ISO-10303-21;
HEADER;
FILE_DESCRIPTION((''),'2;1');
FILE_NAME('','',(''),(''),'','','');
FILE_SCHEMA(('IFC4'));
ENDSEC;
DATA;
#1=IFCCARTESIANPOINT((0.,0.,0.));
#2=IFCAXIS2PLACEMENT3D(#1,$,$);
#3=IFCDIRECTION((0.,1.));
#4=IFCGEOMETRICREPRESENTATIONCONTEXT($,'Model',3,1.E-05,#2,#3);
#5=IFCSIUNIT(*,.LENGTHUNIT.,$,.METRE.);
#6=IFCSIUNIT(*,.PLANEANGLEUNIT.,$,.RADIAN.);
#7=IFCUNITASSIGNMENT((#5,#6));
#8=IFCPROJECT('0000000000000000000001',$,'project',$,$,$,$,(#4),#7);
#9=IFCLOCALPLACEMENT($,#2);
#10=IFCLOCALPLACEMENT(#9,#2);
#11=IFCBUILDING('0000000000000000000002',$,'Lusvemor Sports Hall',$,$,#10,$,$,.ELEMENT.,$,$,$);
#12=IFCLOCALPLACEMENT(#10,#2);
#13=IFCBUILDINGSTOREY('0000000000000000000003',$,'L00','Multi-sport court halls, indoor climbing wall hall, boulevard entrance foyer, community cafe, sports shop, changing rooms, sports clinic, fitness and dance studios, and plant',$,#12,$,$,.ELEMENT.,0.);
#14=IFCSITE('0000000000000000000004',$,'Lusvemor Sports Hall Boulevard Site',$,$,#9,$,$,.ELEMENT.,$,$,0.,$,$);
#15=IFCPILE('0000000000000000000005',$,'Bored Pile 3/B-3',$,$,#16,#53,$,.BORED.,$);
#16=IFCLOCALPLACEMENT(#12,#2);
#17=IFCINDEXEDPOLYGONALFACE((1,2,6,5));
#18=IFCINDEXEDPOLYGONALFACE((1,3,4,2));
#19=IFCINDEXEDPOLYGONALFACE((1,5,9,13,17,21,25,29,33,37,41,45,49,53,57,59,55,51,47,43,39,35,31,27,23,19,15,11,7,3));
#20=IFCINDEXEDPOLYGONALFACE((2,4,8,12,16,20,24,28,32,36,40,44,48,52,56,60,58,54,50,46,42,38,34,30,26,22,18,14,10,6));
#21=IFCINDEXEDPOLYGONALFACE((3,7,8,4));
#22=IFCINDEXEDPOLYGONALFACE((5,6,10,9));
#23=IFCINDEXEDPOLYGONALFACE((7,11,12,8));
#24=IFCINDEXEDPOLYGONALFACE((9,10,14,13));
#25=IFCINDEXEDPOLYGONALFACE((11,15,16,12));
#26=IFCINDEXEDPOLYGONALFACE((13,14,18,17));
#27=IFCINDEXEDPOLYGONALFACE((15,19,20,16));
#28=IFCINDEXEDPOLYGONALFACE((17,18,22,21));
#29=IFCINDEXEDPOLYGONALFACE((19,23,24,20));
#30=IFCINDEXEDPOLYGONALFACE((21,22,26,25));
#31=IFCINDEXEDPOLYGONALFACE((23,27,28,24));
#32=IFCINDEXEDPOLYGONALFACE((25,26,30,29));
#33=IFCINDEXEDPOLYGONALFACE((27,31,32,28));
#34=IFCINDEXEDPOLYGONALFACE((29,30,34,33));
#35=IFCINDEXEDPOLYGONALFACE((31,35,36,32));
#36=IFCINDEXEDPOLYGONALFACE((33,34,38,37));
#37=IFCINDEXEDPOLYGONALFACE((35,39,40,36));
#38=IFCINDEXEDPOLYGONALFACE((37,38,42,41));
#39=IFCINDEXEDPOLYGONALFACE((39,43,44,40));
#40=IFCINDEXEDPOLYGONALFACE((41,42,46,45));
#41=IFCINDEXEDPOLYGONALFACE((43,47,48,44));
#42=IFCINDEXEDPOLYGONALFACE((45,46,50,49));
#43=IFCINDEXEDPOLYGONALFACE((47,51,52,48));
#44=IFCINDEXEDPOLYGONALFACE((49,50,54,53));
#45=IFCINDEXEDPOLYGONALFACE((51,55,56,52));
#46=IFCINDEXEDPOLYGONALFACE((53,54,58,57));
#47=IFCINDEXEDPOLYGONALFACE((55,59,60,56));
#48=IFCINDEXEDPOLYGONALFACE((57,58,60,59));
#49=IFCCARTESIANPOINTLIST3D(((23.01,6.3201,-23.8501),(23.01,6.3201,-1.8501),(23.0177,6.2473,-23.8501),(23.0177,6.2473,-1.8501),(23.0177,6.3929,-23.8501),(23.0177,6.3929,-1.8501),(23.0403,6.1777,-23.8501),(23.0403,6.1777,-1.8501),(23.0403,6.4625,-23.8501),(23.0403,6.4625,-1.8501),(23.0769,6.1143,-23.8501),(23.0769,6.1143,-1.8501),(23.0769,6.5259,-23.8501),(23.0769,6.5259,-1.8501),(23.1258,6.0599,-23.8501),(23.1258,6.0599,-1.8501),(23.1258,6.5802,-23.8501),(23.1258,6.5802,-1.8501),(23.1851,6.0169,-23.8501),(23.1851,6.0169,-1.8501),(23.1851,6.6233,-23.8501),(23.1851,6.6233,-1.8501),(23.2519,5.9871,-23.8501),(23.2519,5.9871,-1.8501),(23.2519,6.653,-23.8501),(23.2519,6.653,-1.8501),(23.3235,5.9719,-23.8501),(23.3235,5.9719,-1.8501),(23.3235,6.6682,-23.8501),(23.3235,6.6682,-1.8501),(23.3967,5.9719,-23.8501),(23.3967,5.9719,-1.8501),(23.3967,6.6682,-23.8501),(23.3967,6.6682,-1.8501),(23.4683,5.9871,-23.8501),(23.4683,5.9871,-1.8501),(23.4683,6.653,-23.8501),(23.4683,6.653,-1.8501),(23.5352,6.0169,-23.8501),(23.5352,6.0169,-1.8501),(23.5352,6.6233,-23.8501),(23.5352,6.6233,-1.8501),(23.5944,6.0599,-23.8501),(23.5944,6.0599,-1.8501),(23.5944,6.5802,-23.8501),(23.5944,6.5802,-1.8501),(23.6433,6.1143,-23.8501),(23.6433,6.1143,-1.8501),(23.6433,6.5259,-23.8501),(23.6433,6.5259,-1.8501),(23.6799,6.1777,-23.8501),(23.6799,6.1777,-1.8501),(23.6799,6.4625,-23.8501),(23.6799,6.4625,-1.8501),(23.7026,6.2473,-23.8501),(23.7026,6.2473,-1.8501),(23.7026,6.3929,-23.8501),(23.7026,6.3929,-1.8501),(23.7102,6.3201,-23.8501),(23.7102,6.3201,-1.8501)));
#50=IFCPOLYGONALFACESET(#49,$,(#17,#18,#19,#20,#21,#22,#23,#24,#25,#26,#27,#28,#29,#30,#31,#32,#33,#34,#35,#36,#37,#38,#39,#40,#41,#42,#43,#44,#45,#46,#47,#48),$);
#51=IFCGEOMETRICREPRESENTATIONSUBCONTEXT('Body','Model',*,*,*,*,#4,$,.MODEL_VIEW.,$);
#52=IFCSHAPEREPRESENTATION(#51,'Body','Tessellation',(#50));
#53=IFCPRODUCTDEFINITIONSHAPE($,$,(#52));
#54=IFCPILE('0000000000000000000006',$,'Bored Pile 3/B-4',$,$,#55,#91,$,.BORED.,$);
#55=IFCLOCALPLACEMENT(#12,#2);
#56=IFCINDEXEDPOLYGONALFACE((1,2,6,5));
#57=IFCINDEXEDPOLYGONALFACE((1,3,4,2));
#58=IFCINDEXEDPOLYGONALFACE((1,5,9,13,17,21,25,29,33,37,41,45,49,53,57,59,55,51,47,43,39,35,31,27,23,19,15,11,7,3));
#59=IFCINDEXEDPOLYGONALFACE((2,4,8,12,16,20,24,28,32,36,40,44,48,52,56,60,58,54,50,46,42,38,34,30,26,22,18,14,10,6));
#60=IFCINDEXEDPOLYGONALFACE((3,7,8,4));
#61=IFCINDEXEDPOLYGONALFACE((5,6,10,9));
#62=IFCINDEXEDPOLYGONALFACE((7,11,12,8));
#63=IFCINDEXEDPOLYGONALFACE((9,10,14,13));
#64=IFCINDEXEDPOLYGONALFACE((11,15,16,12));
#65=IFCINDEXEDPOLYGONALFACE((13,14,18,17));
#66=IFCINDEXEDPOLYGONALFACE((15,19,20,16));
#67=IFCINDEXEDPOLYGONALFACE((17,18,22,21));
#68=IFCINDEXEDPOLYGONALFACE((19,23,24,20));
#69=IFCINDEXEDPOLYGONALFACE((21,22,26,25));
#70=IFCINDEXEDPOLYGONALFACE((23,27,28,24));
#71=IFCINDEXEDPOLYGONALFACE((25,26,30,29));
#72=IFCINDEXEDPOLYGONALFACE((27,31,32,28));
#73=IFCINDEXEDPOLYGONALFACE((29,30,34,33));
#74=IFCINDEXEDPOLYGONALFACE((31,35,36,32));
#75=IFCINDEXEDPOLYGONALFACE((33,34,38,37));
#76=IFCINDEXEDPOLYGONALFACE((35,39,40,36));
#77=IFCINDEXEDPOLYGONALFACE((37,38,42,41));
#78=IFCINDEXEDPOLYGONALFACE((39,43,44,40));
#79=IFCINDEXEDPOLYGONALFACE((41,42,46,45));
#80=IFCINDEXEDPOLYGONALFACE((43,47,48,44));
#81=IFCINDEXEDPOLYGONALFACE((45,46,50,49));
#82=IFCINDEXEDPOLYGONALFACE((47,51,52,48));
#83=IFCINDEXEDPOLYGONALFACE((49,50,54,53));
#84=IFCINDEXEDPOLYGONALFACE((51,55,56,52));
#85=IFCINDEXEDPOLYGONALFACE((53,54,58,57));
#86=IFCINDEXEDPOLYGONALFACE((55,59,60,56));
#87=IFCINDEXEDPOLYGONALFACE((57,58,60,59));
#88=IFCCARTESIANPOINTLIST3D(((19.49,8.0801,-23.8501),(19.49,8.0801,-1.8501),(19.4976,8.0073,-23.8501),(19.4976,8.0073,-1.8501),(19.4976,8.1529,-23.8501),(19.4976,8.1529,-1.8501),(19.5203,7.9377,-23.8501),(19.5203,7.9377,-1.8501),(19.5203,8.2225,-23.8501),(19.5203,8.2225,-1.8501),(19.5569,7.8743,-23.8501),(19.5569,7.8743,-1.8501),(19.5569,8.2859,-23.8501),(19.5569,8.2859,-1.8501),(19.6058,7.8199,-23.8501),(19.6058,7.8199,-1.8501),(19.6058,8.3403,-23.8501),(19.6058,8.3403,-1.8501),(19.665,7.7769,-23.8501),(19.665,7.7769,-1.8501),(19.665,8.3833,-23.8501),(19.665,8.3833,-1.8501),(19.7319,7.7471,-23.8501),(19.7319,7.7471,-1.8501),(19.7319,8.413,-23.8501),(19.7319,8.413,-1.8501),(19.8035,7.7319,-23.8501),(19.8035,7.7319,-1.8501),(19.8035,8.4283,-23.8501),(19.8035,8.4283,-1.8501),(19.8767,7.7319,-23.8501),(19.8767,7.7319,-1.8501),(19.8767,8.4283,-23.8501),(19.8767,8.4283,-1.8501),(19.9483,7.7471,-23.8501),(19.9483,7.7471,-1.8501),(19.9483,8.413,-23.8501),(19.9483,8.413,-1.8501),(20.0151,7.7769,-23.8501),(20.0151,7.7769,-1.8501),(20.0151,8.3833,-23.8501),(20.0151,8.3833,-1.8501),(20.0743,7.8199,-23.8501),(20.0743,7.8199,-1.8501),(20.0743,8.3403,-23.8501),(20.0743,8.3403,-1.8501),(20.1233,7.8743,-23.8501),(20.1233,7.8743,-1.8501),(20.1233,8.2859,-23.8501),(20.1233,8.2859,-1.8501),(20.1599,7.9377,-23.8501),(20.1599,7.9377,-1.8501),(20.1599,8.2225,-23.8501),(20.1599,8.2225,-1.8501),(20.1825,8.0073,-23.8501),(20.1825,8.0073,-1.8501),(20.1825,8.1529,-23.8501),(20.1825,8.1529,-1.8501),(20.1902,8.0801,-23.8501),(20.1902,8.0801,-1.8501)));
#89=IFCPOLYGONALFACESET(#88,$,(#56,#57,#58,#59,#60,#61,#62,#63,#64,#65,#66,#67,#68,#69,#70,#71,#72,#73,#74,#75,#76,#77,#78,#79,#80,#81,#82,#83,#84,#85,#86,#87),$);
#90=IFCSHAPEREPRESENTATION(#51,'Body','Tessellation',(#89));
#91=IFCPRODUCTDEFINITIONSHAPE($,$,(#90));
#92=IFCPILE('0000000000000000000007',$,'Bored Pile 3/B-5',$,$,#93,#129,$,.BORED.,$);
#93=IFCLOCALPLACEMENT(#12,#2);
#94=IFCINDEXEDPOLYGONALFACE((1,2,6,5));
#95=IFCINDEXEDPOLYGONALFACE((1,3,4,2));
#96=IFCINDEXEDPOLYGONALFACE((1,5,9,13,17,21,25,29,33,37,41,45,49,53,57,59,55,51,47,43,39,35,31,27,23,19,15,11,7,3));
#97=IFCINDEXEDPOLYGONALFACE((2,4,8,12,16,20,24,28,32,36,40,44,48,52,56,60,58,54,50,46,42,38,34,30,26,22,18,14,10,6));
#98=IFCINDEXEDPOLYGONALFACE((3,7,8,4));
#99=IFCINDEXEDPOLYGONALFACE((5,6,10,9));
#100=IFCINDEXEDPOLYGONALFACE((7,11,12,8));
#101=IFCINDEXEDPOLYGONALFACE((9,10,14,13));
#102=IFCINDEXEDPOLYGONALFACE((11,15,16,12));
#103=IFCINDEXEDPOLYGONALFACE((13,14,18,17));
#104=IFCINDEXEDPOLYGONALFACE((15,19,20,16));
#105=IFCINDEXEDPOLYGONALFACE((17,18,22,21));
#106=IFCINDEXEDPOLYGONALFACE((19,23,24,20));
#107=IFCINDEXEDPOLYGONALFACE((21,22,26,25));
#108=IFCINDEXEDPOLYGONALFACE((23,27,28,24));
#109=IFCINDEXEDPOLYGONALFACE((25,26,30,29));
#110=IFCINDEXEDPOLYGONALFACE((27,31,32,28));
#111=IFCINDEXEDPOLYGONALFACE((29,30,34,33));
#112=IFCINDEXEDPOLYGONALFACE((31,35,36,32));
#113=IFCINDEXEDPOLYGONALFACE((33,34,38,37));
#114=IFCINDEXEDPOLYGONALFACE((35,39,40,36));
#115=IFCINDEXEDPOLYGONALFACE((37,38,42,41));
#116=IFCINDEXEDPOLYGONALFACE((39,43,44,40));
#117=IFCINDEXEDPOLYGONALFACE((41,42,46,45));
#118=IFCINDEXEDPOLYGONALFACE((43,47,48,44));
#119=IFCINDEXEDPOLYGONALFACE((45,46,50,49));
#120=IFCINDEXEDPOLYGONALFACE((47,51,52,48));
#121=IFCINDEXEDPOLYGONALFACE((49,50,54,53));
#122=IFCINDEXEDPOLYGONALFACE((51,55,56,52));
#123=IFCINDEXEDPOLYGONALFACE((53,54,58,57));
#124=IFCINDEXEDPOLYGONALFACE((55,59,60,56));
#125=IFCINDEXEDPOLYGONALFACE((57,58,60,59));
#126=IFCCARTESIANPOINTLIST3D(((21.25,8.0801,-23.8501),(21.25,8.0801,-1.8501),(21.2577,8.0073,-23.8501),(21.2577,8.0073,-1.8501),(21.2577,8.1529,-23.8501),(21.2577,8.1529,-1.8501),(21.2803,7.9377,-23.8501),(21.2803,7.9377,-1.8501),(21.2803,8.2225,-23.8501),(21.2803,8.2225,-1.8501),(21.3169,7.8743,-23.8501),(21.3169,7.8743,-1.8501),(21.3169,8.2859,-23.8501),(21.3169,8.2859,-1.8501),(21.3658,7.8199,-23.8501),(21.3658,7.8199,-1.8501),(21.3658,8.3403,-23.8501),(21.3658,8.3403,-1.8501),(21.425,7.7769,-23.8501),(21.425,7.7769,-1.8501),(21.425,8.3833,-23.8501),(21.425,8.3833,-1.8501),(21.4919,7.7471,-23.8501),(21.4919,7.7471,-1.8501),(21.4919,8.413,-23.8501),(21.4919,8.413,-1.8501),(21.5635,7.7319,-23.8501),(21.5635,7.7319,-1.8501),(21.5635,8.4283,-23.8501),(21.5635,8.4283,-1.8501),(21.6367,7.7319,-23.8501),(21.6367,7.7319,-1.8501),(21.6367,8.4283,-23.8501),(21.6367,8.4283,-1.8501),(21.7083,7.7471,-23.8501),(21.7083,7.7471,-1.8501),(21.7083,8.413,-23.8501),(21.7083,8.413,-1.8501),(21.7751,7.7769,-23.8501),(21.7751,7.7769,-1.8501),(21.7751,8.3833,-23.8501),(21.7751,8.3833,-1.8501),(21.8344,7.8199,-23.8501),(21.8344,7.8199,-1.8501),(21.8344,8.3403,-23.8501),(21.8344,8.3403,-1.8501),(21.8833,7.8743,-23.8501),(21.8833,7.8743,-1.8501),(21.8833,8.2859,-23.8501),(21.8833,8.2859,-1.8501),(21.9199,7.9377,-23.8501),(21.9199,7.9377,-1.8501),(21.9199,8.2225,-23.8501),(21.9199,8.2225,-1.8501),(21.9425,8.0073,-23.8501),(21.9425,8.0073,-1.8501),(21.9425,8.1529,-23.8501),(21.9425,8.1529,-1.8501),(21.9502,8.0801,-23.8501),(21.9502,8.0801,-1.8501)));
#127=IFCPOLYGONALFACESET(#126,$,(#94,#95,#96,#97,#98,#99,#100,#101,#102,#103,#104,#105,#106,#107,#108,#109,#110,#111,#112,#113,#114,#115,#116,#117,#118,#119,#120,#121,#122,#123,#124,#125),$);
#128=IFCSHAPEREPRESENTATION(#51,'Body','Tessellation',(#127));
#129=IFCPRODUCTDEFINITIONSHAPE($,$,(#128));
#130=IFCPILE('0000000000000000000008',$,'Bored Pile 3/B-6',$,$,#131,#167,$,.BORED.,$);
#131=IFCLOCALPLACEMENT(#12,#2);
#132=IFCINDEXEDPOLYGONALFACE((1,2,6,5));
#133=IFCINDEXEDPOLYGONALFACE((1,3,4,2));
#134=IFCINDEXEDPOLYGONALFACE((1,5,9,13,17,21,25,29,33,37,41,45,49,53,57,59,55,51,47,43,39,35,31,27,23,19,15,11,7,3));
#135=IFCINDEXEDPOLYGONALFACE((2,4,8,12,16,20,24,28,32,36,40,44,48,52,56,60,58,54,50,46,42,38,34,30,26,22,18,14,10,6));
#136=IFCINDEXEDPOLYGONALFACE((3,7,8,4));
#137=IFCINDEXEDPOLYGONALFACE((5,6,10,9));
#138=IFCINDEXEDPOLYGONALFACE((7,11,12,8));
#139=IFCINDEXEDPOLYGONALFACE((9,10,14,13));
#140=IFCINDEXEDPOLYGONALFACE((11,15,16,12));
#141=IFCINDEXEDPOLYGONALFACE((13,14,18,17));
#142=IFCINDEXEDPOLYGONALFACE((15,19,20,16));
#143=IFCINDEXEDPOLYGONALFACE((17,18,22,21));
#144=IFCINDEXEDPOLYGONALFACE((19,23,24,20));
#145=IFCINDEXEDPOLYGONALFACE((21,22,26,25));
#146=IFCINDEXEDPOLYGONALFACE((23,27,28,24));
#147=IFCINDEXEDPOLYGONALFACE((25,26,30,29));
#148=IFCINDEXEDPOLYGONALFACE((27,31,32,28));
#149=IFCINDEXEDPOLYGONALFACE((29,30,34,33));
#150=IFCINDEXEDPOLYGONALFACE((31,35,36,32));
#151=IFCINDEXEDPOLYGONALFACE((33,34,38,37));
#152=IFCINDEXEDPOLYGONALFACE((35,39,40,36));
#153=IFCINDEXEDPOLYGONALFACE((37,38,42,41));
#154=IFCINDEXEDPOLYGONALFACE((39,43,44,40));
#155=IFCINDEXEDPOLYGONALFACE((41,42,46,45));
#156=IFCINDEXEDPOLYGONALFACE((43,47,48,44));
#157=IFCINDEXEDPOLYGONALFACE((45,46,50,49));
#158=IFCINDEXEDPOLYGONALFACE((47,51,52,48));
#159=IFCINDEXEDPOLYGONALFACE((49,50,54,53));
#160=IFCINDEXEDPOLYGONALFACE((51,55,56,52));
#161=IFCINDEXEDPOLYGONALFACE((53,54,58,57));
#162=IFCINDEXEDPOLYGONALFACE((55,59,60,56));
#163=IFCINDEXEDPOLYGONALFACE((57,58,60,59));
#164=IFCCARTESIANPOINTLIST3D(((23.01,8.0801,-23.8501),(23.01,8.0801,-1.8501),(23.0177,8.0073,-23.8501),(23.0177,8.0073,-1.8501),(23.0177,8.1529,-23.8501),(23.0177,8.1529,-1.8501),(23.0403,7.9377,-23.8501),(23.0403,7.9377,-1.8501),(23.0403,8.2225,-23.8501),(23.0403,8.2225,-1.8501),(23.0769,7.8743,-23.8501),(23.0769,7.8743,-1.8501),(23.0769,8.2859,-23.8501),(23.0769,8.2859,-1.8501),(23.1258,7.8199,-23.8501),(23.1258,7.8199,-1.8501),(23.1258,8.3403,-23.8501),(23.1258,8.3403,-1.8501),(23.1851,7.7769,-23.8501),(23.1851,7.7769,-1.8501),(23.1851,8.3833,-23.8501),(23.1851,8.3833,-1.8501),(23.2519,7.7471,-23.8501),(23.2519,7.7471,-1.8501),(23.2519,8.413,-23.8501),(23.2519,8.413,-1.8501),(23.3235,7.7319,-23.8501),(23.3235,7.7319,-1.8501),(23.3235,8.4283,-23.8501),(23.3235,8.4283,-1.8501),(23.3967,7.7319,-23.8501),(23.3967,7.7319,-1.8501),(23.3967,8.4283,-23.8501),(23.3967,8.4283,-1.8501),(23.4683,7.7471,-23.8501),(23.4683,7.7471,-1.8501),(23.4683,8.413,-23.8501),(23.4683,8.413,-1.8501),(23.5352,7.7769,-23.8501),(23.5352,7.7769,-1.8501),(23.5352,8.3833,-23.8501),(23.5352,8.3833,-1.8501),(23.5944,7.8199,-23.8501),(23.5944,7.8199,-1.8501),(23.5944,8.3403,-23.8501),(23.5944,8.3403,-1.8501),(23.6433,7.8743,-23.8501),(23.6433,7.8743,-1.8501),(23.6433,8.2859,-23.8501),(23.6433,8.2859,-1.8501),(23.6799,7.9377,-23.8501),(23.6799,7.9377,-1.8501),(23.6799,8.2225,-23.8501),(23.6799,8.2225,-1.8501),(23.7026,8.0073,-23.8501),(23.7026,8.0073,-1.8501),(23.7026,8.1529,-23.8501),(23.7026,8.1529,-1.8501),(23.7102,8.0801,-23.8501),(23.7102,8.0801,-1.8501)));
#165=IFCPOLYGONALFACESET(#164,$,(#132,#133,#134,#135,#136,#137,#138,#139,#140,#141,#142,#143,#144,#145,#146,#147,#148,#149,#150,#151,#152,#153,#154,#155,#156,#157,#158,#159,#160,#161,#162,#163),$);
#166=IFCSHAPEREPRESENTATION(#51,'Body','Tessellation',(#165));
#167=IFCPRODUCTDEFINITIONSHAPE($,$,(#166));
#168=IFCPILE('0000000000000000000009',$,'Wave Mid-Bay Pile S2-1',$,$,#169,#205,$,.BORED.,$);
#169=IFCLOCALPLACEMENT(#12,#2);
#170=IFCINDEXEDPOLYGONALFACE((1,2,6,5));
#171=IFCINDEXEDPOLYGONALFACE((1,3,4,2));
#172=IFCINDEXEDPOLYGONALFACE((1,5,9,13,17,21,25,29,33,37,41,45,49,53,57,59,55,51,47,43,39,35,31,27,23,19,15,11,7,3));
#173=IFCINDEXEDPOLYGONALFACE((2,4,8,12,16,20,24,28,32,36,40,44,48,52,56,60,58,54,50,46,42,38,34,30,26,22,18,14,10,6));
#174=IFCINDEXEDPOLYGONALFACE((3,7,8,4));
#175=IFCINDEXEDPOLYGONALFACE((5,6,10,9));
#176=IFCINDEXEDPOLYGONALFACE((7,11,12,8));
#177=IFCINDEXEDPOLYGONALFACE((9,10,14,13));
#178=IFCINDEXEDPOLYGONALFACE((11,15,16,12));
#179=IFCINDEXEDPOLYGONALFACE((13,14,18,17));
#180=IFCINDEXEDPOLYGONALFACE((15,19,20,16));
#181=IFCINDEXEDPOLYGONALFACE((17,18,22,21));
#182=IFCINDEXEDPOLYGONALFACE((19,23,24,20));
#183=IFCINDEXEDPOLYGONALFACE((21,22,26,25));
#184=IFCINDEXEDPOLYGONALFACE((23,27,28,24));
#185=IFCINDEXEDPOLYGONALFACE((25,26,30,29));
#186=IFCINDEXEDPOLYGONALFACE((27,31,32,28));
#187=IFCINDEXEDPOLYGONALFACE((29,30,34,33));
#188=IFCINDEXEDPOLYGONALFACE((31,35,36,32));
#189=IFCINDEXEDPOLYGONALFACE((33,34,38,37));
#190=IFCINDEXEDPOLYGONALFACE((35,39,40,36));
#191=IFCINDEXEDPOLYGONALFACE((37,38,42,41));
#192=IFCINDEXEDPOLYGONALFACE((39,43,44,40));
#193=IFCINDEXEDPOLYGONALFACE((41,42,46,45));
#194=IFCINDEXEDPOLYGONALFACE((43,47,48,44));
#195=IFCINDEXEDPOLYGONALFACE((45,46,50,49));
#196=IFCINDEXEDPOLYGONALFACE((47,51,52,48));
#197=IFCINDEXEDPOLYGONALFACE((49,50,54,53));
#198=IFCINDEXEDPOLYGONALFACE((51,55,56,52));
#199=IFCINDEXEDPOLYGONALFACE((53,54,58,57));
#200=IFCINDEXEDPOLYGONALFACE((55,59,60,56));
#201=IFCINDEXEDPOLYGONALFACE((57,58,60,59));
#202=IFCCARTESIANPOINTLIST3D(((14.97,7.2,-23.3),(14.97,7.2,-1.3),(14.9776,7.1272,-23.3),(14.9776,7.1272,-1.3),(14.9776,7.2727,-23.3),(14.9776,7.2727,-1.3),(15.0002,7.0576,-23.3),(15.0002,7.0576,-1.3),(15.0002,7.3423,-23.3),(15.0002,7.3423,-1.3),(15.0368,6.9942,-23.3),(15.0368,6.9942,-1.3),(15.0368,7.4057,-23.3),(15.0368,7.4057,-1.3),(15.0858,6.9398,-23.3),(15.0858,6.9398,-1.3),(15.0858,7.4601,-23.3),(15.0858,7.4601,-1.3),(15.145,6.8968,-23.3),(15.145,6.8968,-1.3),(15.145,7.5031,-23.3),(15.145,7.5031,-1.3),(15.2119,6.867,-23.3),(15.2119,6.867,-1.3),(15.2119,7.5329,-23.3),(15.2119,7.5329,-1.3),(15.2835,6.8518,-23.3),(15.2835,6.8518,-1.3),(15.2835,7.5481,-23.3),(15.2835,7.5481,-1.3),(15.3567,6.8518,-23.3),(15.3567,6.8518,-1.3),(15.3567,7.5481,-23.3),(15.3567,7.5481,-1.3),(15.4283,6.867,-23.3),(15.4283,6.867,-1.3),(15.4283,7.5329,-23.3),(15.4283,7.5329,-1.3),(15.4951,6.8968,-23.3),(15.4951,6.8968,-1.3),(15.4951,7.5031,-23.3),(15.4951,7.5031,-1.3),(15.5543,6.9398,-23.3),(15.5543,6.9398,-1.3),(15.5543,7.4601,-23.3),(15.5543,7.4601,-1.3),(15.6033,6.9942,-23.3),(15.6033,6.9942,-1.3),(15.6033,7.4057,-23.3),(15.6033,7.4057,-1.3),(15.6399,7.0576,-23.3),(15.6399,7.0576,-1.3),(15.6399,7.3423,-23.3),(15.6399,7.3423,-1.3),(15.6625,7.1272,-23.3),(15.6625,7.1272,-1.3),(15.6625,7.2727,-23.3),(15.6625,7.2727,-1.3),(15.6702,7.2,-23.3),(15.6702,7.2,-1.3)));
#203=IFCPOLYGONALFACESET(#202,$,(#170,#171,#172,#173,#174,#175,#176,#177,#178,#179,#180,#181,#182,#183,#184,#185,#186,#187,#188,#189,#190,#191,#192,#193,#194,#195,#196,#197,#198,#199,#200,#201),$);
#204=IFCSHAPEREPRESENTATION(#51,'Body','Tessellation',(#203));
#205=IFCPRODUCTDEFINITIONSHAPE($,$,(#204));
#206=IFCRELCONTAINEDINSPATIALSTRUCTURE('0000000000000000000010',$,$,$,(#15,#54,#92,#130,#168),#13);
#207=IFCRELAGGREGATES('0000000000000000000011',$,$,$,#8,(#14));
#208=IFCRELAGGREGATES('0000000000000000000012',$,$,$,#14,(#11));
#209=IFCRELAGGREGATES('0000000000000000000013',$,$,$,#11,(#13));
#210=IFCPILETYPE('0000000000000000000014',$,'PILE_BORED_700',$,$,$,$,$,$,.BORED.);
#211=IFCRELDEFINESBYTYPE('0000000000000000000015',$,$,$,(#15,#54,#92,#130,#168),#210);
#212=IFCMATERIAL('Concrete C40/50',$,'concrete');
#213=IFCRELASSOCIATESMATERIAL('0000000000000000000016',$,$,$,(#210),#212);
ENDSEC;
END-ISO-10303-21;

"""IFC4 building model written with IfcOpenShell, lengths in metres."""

from ifc_helpers import new_model, si_unit, direction, frame, origin, origin_2d, place, context, subcontext, project, spatial, circle, extrude, material, material_profile, profile_set, type_object, element, save


model = new_model("IFC4")

# Units and contexts
model_context = context("Model", 3, precision=1e-05, world=origin(), true_north=direction((0.0, 1.0)))
body_context = subcontext(model_context, "Body", "Model", "MODEL_VIEW")
ifc_project = project(units=[si_unit("LENGTHUNIT", "METRE"), si_unit("PLANEANGLEUNIT", "RADIAN")], contexts=[model_context])

# Site, building, storey
site_placement = place(None, origin())
site = spatial("IfcSite", under=ifc_project, at=site_placement, Name="Lusvemor Sports Hall Boulevard Site", CompositionType="ELEMENT", RefElevation=0.0)
building_placement = place(site_placement, origin())
building = spatial("IfcBuilding", under=site, at=building_placement, Name="Lusvemor Sports Hall", CompositionType="ELEMENT")
storey_placement = place(building_placement, origin())
storey = spatial("IfcBuildingStorey", under=building, at=storey_placement, Name="L00", Description="Multi-sport court halls, indoor climbing wall hall, boulevard entrance foyer, community cafe, sports shop, changing rooms, sports clinic, fitness and dance studios, and plant", CompositionType="ELEMENT", Elevation=0.0)

# Piles
ifc_material_1 = material(Name="Concrete C40/50", Category="concrete")
ifc_material_profile_1 = material_profile(ifc_material_1, circle(Radius=0.3501, at=origin_2d()), Name="PILE700")
ifc_profile_set_1 = profile_set([ifc_material_profile_1], Name="Concrete C40/50")
pile_type = type_object("IfcPileType", Name="PILE_BORED_700", PredefinedType="BORED", material=ifc_profile_set_1)
for number, where, z_axis, x_axis, name in (
    (1, (23.3601, 6.3201, -1.8501), (0.0, 0.0, -1.0), (1.0, 0.0, 0.0), "Bored Pile 3/B-3"),
    (2, (19.8401, 8.0801, -1.8501), (0.0, 0.0, -1.0), (1.0, 0.0, 0.0), "Bored Pile 3/B-4"),
    (3, (21.6001, 8.0801, -1.8501), (0.0, 0.0, -1.0), (1.0, 0.0, 0.0), "Bored Pile 3/B-5"),
    (4, (23.3601, 8.0801, -1.8501), (0.0, 0.0, -1.0), (1.0, 0.0, 0.0), "Bored Pile 3/B-6"),
    (5, (15.3201, 7.2, -1.3), (0.0, 0.0, -1.0), (1.0, 0.0, 0.0), "Wave Mid-Bay Pile S2-1"),
):
    element("IfcPile", number, at=place(storey_placement, frame(where, z_axis=z_axis, x_axis=x_axis)), inside=storey, type_object=pile_type, Name=name, PredefinedType="BORED", context=body_context, shape_type="SweptSolid", body=[
        extrude(circle(Radius=0.3501, at=origin_2d()), origin(), (0.0, 0.0, 1.0), 22.0),
    ])

save(model, "model.ifc")
